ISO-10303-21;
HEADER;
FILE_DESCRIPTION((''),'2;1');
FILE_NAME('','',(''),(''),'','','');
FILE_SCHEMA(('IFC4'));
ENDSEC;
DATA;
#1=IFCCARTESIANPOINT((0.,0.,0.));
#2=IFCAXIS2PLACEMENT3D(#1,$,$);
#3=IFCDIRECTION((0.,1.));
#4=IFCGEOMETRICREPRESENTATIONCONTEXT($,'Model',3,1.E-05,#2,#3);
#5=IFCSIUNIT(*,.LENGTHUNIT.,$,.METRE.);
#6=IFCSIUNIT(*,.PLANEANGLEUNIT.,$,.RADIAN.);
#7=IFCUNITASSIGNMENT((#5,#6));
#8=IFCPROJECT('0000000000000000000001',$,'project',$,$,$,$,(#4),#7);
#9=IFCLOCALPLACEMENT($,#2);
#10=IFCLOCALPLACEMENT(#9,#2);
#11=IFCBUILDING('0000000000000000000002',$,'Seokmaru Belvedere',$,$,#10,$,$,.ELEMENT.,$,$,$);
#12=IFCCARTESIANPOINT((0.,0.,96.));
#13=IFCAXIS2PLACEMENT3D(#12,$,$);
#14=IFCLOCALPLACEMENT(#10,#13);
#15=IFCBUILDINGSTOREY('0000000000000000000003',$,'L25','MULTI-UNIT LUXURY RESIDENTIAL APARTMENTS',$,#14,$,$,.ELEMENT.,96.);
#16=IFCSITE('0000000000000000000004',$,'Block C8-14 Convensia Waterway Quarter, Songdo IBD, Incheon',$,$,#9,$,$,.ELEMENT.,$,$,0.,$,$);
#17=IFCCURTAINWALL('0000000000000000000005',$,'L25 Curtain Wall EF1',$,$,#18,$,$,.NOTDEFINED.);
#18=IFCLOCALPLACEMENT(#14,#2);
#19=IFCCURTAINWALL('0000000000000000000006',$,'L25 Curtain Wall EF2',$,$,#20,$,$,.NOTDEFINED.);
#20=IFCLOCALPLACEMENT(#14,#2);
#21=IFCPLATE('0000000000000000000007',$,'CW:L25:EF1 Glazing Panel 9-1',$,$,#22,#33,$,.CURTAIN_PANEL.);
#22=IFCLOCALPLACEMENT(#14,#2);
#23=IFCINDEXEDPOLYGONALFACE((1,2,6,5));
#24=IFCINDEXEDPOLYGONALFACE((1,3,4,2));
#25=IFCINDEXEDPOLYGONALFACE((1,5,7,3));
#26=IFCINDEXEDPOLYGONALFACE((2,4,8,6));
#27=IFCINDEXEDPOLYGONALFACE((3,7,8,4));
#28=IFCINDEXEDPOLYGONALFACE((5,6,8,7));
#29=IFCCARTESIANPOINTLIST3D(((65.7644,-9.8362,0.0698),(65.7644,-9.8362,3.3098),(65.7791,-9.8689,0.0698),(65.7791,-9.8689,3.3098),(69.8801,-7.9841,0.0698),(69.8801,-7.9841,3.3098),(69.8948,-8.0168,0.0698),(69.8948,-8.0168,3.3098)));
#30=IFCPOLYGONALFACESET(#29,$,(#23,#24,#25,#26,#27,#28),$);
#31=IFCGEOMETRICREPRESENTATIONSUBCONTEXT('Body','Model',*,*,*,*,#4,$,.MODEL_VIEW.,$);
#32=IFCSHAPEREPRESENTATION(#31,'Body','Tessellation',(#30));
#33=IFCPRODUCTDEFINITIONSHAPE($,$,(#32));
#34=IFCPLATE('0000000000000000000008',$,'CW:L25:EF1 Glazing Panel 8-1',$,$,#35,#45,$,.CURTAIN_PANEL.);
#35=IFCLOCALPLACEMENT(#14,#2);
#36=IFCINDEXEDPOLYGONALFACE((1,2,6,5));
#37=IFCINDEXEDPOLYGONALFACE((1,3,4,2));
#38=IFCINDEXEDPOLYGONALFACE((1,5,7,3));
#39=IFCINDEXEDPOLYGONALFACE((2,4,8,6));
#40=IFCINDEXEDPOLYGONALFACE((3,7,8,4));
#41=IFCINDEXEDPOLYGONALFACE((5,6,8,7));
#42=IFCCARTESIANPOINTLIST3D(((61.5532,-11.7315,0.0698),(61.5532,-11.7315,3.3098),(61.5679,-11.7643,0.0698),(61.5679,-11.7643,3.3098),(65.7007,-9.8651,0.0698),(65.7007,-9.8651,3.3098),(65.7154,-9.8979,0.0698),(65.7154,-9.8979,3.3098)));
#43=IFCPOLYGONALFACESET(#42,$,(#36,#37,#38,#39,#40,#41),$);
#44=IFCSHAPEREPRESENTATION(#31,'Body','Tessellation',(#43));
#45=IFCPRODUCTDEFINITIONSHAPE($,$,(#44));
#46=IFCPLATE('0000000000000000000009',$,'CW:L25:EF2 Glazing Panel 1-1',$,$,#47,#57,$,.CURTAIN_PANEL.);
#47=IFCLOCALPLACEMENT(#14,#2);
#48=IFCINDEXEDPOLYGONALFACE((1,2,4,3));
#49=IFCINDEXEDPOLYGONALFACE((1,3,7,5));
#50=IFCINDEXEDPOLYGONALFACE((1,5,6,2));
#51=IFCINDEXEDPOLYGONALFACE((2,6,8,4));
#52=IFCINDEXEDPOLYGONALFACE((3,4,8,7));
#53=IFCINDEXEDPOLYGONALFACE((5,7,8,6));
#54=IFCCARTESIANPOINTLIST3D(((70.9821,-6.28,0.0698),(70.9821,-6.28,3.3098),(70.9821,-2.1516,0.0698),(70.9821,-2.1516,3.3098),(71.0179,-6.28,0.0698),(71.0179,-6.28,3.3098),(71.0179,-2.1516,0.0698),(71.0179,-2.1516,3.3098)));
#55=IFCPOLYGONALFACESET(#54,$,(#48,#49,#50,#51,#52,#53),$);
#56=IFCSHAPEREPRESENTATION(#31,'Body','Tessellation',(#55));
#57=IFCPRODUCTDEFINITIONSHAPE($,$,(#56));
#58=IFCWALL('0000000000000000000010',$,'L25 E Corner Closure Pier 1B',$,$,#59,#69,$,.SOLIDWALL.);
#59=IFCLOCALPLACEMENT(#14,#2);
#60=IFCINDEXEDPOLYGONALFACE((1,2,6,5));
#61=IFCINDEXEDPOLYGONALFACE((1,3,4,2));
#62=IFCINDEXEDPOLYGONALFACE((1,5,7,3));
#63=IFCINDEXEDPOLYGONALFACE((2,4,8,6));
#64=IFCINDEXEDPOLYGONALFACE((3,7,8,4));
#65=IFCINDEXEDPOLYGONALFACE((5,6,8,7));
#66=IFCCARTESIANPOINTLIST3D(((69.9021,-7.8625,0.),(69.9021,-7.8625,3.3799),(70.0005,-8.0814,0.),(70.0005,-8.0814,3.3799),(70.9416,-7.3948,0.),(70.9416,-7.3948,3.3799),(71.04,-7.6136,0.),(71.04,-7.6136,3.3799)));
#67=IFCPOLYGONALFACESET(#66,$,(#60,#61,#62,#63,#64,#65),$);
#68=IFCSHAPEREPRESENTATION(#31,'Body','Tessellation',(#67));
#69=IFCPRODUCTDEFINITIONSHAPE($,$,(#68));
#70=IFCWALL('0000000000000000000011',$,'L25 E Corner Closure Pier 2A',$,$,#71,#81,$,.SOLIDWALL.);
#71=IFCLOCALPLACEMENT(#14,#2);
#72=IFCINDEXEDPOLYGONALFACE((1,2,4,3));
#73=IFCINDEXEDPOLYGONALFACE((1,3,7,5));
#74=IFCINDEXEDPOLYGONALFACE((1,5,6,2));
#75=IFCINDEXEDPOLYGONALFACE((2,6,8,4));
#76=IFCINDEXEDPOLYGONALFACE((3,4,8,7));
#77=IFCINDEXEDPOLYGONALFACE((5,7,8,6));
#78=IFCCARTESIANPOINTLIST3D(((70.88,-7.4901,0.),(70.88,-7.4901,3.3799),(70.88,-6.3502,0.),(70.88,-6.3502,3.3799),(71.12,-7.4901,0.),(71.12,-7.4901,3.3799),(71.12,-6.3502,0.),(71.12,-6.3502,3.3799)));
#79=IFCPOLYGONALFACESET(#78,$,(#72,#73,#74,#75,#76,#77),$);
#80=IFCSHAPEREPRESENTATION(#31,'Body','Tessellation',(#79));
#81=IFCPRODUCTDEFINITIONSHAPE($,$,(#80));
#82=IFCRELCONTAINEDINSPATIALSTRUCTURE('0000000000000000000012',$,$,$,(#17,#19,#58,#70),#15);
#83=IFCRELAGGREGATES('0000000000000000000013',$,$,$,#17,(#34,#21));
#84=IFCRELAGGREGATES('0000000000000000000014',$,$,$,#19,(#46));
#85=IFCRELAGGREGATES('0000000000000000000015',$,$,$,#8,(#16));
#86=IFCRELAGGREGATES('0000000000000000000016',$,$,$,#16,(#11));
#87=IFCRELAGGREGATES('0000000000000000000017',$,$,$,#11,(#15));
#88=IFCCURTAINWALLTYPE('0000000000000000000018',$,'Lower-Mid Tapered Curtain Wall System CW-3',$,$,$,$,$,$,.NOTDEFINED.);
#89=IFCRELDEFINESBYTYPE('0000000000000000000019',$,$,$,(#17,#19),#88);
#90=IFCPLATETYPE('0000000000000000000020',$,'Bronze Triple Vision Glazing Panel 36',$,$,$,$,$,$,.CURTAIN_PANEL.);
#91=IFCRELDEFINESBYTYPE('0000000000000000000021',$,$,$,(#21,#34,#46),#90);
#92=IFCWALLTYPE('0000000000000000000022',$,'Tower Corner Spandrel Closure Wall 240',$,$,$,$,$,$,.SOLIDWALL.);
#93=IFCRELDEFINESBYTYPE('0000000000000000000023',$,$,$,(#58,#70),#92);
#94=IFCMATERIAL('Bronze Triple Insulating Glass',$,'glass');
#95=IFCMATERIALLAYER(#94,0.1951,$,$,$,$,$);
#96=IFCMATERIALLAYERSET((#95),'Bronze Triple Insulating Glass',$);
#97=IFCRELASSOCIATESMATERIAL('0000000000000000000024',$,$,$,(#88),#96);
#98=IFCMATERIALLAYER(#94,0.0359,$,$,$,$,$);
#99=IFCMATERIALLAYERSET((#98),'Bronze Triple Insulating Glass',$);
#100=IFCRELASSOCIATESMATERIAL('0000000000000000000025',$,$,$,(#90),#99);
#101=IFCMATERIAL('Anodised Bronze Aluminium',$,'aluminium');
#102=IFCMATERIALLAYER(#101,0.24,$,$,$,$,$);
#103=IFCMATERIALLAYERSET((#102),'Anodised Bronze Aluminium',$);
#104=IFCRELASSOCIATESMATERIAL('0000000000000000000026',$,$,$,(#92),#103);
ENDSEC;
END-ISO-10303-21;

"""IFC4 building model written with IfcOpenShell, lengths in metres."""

from ifc_helpers import new_model, si_unit, direction, frame, frame_2d, origin, origin_2d, place, context, subcontext, project, spatial, rectangle, extrude, source, transform, mapped, material, layer, layer_set, type_object, type_shapes, element, aggregate, save


model = new_model("IFC4")

# Units and contexts
model_context = context("Model", 3, precision=1e-05, world=origin(), true_north=direction((0.0, 1.0)))
body_context = subcontext(model_context, "Body", "Model", "MODEL_VIEW")
ifc_project = project(units=[si_unit("LENGTHUNIT", "METRE"), si_unit("PLANEANGLEUNIT", "RADIAN")], contexts=[model_context])

# Site, building, storey
site_placement = place(None, origin())
site = spatial("IfcSite", under=ifc_project, at=site_placement, Name="Block C8-14 Convensia Waterway Quarter, Songdo IBD, Incheon", CompositionType="ELEMENT", RefElevation=0.0)
building_placement = place(site_placement, origin())
building = spatial("IfcBuilding", under=site, at=building_placement, Name="Seokmaru Belvedere", CompositionType="ELEMENT")
storey_placement = place(building_placement, frame((0.0, 0.0, 96.0)))
storey = spatial("IfcBuildingStorey", under=building, at=storey_placement, Name="L25", Description="MULTI-UNIT LUXURY RESIDENTIAL APARTMENTS", CompositionType="ELEMENT", Elevation=96.0)

# Curtain walls
ifc_material_1 = material(Name="Bronze Triple Insulating Glass", Category="glass")
ifc_layer_1 = layer(ifc_material_1, 0.1951)
ifc_layer_set_1 = layer_set([ifc_layer_1], Name="Bronze Triple Insulating Glass")
curtain_wall_type = type_object("IfcCurtainWallType", Name="Lower-Mid Tapered Curtain Wall System CW-3", PredefinedType="NOTDEFINED", material=ifc_layer_set_1)
curtain_wall_1_placement = place(storey_placement, origin())
curtain_wall_1 = element("IfcCurtainWall", 1, at=curtain_wall_1_placement, inside=storey, type_object=curtain_wall_type, Name="L25 Curtain Wall EF1", PredefinedType="NOTDEFINED")
ifc_material_2 = material(Name="Anodised Bronze Aluminium", Category="aluminium")
curtain_wall_2_placement = place(storey_placement, origin())
curtain_wall_2 = element("IfcCurtainWall", 2, at=curtain_wall_2_placement, inside=storey, type_object=curtain_wall_type, Name="L25 Curtain Wall EF2", PredefinedType="NOTDEFINED")

# Plates
ifc_layer_2 = layer(ifc_material_1, 0.0359)
ifc_layer_set_2 = layer_set([ifc_layer_2], Name="Bronze Triple Insulating Glass")
plate_type = type_object("IfcPlateType", Name="Bronze Triple Vision Glazing Panel 36", PredefinedType="CURTAIN_PANEL", material=ifc_layer_set_2)
shared_shape_1 = source(origin(), body_context, "Body", "SweptSolid", [
    extrude(rectangle(XDim=4.5132, YDim=0.0359, at=origin_2d()), origin(), (0.0, 0.0, 1.0), 3.24),
])
plate_1_placement = place(storey_placement, frame((67.8296, -8.9265, 0.0698), z_axis=(0.0, 0.0, 1.0), x_axis=(0.911921, 0.410366, 0.0)))
plate_1 = element("IfcPlate", 3, at=plate_1_placement, type_object=plate_type, Name="CW:L25:EF1 Glazing Panel 9-1", PredefinedType="CURTAIN_PANEL", context=body_context, shape_type="MappedRepresentation", body=[
    mapped(shared_shape_1, transform((0.0, 0.0, 0.0), scale=1.0)),
])
shared_shape_2 = source(origin(), body_context, "Body", "SweptSolid", [
    extrude(rectangle(XDim=4.5481, YDim=0.0359, at=origin_2d()), origin(), (0.0, 0.0, 1.0), 3.24),
])
plate_2_placement = place(storey_placement, frame((63.6343, -10.8147, 0.0698), z_axis=(0.0, 0.0, 1.0), x_axis=(0.911921, 0.410366, 0.0)))
plate_2 = element("IfcPlate", 4, at=plate_2_placement, type_object=plate_type, Name="CW:L25:EF1 Glazing Panel 8-1", PredefinedType="CURTAIN_PANEL", context=body_context, shape_type="MappedRepresentation", body=[
    mapped(shared_shape_2, transform((0.0, 0.0, 0.0), scale=1.0)),
])
aggregate(curtain_wall_1, [plate_2, plate_1])
shared_shape_3 = source(origin(), body_context, "Body", "SweptSolid", [
    extrude(rectangle(XDim=4.1284, YDim=0.0359, at=origin_2d()), origin(), (0.0, 0.0, 1.0), 3.24),
])
type_shapes(plate_type, [shared_shape_1, shared_shape_2, shared_shape_3])
plate_3_placement = place(storey_placement, frame((71.0, -4.2158, 0.0698), z_axis=(0.0, 0.0, 1.0), x_axis=(0.0, 1.0, 0.0)))
plate_3 = element("IfcPlate", 5, at=plate_3_placement, type_object=plate_type, Name="CW:L25:EF2 Glazing Panel 1-1", PredefinedType="CURTAIN_PANEL", context=body_context, shape_type="MappedRepresentation", body=[
    mapped(shared_shape_3, transform((0.0, 0.0, 0.0), scale=1.0)),
])
aggregate(curtain_wall_2, [plate_3])

# Walls
ifc_layer_3 = layer(ifc_material_2, 0.24)
ifc_layer_set_3 = layer_set([ifc_layer_3], Name="Anodised Bronze Aluminium")
wall_type = type_object("IfcWallType", Name="Tower Corner Spandrel Closure Wall 240", PredefinedType="SOLIDWALL", material=ifc_layer_set_3)
for number, where, z_axis, x_axis, name in (
    (6, (69.9514, -7.9719, 0.0), (0.0, 0.0, 1.0), (0.91193, 0.410347, 0.0), "L25 E Corner Closure Pier 1B"),
    (7, (71.0, -7.49, 0.0), (0.0, 0.0, 1.0), (0.0, 1.0, 0.0), "L25 E Corner Closure Pier 2A"),
):
    element("IfcWall", number, at=place(storey_placement, frame(where, z_axis=z_axis, x_axis=x_axis)), inside=storey, type_object=wall_type, Name=name, PredefinedType="SOLIDWALL", context=body_context, shape_type="SweptSolid", body=[
        extrude(rectangle(XDim=1.1399, YDim=0.24, at=frame_2d((0.5698, 0.0))), origin(), (0.0, 0.0, 1.0), 3.3799),
    ])

save(model, "model.ifc")
